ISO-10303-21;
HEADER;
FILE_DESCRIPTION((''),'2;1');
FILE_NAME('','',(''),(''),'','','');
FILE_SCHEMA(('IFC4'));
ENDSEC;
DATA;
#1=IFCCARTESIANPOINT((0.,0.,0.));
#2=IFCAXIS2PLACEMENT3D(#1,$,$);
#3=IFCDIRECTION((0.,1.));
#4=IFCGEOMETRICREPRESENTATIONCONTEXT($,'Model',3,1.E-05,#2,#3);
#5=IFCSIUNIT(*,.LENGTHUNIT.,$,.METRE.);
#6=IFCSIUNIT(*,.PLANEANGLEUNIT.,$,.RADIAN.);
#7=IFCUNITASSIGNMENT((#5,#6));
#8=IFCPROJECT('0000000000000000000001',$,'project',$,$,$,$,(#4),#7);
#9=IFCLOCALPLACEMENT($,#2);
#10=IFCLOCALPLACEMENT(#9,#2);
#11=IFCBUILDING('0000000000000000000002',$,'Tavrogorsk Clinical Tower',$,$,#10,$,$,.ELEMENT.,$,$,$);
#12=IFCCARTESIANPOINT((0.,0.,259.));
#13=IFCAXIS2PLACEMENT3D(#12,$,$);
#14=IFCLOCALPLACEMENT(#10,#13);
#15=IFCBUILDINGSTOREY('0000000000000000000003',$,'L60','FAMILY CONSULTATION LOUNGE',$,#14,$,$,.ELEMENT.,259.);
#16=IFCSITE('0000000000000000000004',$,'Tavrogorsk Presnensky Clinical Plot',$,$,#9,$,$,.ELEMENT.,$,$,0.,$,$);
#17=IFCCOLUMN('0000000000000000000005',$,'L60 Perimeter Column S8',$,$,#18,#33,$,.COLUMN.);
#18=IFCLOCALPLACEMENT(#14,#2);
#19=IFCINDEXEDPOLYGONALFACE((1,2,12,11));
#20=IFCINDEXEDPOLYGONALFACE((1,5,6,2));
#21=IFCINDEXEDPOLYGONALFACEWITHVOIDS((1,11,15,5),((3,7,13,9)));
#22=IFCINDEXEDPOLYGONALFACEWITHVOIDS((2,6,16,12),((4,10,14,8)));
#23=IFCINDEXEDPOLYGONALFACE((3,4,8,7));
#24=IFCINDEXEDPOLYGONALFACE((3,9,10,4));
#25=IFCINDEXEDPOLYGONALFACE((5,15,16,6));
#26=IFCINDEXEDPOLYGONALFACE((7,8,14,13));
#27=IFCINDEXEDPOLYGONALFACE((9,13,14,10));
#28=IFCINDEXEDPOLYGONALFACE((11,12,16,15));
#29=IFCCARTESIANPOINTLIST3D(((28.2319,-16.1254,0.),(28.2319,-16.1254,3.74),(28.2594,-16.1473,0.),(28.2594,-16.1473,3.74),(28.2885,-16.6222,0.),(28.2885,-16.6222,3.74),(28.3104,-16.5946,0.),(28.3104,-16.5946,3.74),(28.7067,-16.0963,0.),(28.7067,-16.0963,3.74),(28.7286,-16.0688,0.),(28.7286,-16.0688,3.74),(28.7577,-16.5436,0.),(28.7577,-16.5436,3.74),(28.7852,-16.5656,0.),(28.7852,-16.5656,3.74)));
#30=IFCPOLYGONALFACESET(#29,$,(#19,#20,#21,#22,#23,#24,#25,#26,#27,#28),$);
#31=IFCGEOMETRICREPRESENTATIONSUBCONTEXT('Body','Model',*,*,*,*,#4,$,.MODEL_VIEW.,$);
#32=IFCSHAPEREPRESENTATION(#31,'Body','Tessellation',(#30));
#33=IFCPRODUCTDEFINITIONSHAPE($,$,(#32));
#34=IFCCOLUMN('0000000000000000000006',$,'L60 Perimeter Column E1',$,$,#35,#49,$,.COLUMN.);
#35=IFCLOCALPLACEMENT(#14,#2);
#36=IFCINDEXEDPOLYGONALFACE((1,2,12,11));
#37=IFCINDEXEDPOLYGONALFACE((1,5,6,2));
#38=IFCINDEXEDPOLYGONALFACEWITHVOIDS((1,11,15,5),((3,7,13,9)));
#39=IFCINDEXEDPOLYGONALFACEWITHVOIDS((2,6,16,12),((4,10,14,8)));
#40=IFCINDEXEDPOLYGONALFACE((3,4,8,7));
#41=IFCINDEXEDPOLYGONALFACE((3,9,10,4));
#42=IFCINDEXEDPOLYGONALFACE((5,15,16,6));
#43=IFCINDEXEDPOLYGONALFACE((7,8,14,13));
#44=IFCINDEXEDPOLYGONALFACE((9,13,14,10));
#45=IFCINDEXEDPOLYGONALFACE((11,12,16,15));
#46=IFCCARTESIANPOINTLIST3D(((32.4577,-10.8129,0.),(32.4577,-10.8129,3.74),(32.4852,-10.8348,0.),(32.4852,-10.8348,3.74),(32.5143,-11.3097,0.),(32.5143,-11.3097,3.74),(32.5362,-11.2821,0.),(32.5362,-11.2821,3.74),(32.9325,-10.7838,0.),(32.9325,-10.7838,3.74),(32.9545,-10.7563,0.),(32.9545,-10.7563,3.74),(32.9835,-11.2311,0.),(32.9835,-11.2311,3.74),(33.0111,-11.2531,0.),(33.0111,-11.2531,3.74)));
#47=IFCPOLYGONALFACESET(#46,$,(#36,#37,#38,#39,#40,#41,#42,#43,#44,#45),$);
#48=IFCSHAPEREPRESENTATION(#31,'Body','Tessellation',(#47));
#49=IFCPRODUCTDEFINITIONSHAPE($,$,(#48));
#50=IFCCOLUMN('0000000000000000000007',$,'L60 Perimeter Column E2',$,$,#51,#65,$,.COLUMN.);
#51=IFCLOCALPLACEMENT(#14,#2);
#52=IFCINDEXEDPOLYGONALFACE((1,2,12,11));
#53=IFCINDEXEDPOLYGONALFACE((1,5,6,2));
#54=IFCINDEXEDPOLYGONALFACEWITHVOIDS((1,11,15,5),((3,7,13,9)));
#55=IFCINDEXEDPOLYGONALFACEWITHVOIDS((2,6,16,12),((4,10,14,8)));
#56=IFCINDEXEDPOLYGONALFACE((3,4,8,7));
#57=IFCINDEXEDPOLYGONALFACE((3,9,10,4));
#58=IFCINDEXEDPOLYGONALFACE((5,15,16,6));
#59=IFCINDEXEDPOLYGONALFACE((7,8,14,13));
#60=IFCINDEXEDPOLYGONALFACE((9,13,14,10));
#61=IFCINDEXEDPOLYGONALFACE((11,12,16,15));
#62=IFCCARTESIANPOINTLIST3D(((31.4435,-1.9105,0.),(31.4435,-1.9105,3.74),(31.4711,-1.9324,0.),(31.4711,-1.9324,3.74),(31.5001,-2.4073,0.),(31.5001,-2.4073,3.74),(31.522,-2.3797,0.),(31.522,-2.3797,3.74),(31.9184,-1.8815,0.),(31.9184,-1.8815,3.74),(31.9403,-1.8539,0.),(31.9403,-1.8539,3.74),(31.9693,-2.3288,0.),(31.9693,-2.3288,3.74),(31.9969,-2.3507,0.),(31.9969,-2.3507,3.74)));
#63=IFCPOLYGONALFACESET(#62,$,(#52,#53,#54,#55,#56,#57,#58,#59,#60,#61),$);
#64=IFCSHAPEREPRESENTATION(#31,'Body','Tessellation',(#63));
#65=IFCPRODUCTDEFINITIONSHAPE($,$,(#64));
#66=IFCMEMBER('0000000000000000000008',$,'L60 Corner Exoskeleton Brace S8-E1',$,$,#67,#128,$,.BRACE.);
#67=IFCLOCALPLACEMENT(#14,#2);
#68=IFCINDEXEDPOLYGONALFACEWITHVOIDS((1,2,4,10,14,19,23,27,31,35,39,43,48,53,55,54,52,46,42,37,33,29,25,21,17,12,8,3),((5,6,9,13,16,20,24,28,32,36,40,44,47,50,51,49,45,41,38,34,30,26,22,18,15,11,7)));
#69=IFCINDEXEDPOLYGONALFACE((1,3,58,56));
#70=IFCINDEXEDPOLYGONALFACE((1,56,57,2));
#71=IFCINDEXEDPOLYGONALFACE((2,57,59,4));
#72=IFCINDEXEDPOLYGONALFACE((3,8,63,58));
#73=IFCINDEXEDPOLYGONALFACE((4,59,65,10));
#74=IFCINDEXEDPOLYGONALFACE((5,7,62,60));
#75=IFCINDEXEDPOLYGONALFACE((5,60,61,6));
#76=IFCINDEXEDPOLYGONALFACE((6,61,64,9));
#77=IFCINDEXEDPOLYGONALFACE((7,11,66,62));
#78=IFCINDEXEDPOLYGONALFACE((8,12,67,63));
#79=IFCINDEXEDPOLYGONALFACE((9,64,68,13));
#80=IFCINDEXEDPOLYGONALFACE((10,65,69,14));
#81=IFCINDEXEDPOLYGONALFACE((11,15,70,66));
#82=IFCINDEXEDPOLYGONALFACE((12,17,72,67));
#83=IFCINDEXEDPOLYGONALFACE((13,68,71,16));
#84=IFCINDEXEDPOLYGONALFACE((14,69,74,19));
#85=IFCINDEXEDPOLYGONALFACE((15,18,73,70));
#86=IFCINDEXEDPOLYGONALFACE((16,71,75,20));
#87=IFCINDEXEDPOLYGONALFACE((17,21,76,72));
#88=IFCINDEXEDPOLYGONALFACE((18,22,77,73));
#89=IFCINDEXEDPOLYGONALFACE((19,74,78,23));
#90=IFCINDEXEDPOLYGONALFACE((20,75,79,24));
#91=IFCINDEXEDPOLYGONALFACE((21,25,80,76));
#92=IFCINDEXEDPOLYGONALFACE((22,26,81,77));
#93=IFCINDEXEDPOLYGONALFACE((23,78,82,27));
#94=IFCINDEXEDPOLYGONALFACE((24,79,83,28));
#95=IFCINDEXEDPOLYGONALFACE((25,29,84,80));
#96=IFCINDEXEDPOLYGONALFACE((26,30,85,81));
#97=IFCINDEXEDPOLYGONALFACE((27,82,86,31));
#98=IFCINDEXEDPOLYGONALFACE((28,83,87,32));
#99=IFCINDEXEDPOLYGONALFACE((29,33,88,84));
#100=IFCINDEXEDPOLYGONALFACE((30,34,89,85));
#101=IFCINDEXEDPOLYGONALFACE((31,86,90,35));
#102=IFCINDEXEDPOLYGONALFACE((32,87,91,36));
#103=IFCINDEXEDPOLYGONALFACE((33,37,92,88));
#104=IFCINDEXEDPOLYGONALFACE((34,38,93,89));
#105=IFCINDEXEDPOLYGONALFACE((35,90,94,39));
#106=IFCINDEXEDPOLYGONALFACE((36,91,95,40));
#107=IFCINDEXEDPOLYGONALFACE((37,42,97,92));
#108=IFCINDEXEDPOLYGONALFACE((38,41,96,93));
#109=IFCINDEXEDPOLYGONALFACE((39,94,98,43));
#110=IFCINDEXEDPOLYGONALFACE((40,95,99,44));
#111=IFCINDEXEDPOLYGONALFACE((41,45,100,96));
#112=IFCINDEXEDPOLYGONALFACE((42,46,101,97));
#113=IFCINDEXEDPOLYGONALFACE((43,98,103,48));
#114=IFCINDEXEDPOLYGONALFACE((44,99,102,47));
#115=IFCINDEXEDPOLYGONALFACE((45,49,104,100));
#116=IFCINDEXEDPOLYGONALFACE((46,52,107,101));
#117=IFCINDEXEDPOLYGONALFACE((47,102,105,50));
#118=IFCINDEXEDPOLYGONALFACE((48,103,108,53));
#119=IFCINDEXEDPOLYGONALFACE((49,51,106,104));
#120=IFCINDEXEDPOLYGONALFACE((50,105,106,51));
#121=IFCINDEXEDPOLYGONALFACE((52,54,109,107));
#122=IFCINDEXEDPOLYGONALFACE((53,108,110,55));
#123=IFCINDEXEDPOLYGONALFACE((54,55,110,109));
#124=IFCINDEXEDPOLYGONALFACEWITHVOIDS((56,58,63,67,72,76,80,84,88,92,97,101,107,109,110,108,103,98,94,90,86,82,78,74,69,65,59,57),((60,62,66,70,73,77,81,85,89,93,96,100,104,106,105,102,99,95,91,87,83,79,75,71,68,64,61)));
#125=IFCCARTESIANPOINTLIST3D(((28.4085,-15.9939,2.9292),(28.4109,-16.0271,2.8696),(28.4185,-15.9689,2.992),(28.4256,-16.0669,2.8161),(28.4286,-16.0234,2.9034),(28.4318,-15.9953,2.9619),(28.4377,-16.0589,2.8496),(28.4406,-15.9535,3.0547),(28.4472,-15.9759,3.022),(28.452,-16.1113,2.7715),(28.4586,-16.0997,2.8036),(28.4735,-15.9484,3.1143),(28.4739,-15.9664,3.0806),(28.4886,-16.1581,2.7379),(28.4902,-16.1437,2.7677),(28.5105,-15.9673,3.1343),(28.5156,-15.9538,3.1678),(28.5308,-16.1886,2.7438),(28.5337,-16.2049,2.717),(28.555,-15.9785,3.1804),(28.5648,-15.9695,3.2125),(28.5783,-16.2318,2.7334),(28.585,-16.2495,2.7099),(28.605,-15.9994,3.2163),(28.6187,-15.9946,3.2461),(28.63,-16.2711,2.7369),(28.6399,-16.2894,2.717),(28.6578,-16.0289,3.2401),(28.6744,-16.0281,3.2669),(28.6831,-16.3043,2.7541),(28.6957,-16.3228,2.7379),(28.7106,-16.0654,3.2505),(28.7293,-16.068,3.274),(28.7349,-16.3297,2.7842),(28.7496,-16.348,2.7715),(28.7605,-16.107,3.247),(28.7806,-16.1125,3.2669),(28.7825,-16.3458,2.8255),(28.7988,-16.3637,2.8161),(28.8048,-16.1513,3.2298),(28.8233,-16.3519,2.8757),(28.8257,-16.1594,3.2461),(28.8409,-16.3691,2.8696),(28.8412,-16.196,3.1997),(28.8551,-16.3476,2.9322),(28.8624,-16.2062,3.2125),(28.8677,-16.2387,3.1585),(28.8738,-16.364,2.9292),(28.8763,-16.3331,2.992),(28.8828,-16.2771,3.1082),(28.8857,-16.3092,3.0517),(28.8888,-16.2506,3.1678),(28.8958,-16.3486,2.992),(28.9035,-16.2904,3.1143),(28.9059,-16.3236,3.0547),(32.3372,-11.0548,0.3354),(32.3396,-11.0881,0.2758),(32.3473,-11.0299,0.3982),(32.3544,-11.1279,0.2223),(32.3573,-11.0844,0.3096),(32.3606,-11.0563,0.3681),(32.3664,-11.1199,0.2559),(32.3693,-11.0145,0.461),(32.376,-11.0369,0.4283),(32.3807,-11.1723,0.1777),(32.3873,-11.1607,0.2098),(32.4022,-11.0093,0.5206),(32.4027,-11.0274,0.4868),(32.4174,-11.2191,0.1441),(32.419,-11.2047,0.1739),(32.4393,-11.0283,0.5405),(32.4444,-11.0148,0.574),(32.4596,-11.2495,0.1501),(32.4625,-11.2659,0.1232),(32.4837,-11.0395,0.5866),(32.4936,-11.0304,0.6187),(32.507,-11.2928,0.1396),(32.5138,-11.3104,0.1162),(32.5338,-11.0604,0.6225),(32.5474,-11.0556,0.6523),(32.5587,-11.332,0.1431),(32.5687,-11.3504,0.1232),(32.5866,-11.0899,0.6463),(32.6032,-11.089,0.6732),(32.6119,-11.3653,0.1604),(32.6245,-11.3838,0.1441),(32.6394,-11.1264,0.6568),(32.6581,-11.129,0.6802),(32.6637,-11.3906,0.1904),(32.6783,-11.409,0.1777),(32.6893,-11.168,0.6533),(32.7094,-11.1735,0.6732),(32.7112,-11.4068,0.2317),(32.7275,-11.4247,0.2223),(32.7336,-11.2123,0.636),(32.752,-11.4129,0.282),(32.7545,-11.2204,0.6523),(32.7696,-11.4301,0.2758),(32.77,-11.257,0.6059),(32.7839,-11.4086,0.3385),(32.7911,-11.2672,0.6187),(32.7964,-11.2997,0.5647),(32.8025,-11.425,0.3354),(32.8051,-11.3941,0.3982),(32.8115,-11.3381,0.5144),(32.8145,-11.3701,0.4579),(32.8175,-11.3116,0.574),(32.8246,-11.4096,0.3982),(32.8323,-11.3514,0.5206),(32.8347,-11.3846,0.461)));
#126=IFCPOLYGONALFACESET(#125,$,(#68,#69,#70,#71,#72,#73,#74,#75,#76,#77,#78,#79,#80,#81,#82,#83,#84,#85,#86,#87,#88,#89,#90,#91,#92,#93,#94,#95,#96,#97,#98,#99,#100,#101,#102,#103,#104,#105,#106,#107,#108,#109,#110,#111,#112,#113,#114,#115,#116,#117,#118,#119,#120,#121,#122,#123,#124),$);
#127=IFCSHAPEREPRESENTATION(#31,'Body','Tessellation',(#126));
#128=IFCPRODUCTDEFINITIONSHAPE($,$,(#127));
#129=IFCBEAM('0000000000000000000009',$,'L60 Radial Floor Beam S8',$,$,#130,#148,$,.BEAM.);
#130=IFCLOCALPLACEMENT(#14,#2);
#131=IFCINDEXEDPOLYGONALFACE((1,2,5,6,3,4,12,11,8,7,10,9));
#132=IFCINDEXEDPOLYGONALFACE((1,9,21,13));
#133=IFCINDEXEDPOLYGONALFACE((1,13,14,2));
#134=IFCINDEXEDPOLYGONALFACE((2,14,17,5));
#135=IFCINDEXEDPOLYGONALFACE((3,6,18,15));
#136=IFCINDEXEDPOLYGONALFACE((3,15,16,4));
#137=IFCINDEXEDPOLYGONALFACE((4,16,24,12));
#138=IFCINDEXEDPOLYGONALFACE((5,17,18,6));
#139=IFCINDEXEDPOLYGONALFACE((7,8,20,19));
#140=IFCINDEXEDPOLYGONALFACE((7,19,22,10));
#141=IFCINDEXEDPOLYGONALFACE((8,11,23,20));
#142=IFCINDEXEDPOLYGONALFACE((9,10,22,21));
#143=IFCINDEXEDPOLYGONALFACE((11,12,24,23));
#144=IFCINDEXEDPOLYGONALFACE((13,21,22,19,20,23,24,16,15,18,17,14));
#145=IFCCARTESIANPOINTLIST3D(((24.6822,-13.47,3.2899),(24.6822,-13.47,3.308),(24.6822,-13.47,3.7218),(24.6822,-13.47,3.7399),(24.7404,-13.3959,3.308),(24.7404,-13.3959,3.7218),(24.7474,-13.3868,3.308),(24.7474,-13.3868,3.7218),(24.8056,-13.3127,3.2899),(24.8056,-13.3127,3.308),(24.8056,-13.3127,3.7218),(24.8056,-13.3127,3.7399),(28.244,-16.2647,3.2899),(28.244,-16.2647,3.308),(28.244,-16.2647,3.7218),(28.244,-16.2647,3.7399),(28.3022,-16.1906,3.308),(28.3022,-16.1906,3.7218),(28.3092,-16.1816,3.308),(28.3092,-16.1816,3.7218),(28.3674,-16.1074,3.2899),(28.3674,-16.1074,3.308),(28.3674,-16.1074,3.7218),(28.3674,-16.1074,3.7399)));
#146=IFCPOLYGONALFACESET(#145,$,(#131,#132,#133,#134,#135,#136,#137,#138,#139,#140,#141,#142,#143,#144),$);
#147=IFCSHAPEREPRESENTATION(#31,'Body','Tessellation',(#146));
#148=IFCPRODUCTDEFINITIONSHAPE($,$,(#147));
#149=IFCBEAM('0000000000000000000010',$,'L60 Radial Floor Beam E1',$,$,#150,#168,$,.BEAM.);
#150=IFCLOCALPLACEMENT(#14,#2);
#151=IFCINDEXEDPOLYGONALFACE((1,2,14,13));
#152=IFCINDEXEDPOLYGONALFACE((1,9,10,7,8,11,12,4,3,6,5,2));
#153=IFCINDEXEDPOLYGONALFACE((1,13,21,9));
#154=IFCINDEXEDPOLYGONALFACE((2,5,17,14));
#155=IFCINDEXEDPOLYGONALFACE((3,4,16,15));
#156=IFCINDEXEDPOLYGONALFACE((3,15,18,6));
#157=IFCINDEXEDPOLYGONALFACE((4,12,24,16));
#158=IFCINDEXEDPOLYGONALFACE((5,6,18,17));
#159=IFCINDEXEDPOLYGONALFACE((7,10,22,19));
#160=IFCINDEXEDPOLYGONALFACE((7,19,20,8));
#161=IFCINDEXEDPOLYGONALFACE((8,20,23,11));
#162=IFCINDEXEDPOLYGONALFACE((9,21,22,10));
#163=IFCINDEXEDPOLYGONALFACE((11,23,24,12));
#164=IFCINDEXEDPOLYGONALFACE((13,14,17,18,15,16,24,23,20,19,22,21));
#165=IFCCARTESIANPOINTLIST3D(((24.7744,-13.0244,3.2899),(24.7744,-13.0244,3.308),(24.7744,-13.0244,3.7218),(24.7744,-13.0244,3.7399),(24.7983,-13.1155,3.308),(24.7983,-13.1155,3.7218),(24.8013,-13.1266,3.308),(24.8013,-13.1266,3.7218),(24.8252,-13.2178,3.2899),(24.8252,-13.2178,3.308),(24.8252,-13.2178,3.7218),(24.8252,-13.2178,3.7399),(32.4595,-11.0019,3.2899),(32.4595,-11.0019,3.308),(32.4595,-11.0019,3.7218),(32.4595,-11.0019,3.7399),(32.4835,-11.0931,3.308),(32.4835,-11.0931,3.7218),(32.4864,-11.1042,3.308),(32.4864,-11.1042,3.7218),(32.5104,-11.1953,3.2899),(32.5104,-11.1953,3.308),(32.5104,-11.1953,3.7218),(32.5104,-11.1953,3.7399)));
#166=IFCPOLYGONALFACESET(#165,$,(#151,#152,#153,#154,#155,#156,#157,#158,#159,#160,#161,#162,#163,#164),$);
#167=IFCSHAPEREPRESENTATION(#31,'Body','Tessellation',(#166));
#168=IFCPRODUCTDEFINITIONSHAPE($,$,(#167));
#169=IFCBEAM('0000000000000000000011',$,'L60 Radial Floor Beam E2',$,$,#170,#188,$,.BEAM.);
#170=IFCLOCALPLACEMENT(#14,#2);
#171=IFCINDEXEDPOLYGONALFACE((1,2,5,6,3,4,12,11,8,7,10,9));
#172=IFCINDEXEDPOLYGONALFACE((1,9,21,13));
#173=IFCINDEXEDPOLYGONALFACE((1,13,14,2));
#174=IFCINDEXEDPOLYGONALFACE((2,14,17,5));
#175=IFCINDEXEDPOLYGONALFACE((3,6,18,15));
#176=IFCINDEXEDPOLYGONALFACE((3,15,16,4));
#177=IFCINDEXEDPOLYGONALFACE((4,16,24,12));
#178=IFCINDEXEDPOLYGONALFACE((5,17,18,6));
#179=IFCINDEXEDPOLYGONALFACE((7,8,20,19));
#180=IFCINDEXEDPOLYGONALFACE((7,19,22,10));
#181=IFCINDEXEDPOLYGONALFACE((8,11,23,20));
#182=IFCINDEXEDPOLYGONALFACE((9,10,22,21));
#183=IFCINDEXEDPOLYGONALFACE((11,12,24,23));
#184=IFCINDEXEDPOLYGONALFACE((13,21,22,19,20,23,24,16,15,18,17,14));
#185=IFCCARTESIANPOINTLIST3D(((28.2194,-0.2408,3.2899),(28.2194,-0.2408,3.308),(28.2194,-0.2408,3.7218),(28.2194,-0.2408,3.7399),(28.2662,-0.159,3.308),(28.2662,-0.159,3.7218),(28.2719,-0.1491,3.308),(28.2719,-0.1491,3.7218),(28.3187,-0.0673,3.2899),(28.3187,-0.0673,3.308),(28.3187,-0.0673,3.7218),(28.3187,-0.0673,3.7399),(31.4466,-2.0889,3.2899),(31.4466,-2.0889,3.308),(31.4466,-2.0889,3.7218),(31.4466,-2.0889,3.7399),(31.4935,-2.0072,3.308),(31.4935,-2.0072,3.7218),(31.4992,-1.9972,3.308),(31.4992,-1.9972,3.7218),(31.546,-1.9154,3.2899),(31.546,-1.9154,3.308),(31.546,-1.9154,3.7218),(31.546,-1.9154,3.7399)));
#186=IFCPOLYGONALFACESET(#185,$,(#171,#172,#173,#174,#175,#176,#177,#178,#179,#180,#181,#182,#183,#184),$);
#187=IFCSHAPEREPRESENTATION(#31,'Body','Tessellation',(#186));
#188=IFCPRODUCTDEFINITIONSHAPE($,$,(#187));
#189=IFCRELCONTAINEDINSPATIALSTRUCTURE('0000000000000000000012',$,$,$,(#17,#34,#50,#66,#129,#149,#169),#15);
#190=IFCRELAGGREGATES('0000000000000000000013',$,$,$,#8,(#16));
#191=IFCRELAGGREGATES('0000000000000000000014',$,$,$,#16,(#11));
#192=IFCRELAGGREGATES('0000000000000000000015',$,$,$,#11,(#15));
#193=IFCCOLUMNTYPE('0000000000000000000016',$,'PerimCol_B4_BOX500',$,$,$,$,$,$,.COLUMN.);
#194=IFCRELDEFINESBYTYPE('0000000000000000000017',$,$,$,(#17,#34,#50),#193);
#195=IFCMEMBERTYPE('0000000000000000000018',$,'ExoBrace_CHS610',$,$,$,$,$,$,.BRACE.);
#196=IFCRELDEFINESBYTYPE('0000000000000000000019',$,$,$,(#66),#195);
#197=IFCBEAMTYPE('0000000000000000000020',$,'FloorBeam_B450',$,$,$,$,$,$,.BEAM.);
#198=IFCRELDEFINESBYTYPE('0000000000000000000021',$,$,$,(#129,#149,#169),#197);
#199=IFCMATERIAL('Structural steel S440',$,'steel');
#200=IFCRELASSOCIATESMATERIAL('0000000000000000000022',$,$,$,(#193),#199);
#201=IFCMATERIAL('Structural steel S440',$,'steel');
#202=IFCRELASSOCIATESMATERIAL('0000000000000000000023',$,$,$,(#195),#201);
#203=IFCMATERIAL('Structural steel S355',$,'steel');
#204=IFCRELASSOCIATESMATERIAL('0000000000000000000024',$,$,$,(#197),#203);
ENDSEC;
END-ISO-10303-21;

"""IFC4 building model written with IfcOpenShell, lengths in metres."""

from ifc_helpers import new_model, si_unit, direction, frame, origin, origin_2d, place, context, subcontext, project, spatial, hollow_rectangle, hollow_circle, i_section, extrude, material, material_profile, profile_set, type_object, element, save


model = new_model("IFC4")

# Units and contexts
model_context = context("Model", 3, precision=1e-05, world=origin(), true_north=direction((0.0, 1.0)))
body_context = subcontext(model_context, "Body", "Model", "MODEL_VIEW")
ifc_project = project(units=[si_unit("LENGTHUNIT", "METRE"), si_unit("PLANEANGLEUNIT", "RADIAN")], contexts=[model_context])

# Site, building, storey
site_placement = place(None, origin())
site = spatial("IfcSite", under=ifc_project, at=site_placement, Name="Tavrogorsk Presnensky Clinical Plot", CompositionType="ELEMENT", RefElevation=0.0)
building_placement = place(site_placement, origin())
building = spatial("IfcBuilding", under=site, at=building_placement, Name="Tavrogorsk Clinical Tower", CompositionType="ELEMENT")
storey_placement = place(building_placement, frame((0.0, 0.0, 259.0)))
storey = spatial("IfcBuildingStorey", under=building, at=storey_placement, Name="L60", Description="FAMILY CONSULTATION LOUNGE", CompositionType="ELEMENT", Elevation=259.0)

# Columns
ifc_material_1 = material(Name="Structural steel S440", Category="steel")
ifc_material_profile_1 = material_profile(ifc_material_1, hollow_rectangle(XDim=0.5, YDim=0.5, WallThickness=0.0249, at=origin_2d()), Name="BOX-500x500x25")
ifc_profile_set_1 = profile_set([ifc_material_profile_1], Name="Structural steel S440")
column_type = type_object("IfcColumnType", Name="PerimCol_B4_BOX500", PredefinedType="COLUMN", material=ifc_profile_set_1)
for number, where, z_axis, x_axis, name in (
    (1, (28.5085, -16.3455, 0.0), (0.0, 0.0, 1.0), (0.993572, 0.113203, 0.0), "L60 Perimeter Column S8"),
    (2, (32.7344, -11.033, 0.0), (0.0, 0.0, 1.0), (0.993572, 0.113203, 0.0), "L60 Perimeter Column E1"),
    (3, (31.7202, -2.1306, 0.0), (0.0, 0.0, 1.0), (0.993572, 0.113203, 0.0), "L60 Perimeter Column E2"),
):
    element("IfcColumn", number, at=place(storey_placement, frame(where, z_axis=z_axis, x_axis=x_axis)), inside=storey, type_object=column_type, Name=name, PredefinedType="COLUMN", context=body_context, shape_type="SweptSolid", body=[
        extrude(hollow_rectangle(XDim=0.5, YDim=0.5, WallThickness=0.0249, at=origin_2d()), origin(), (0.0, 0.0, 1.0), 3.74),
    ])

# Member
ifc_material_2 = material(Name="Structural steel S440", Category="steel")
ifc_material_profile_2 = material_profile(ifc_material_2, hollow_circle(Radius=0.3049, WallThickness=0.0249, at=origin_2d()), Name="CHS-610x25")
ifc_profile_set_2 = profile_set([ifc_material_profile_2], Name="Structural steel S440")
member_type_1 = type_object("IfcMemberType", Name="ExoBrace_CHS610", PredefinedType="BRACE", material=ifc_profile_set_2)
member_1_placement = place(storey_placement, frame((32.5859, -11.2197, 0.3982), z_axis=(-0.575789, -0.723852, 0.380138), x_axis=(0.782602, -0.622522, 0.0)))
element("IfcMember", 4, at=member_1_placement, inside=storey, type_object=member_type_1, Name="L60 Corner Exoskeleton Brace S8-E1", PredefinedType="BRACE", context=body_context, shape_type="SweptSolid", body=[
    extrude(hollow_circle(Radius=0.3049, WallThickness=0.0249, at=origin_2d()), origin(), (0.0, 0.0, 1.0), 6.8232),
])

# Beams
ifc_material_3 = material(Name="Structural steel S355", Category="steel")
ifc_material_profile_3 = material_profile(ifc_material_3, i_section(OverallWidth=0.2, OverallDepth=0.45, WebThickness=0.0115, FlangeThickness=0.0181, at=origin_2d()), Name="B-450x200x11.5x18")
ifc_profile_set_3 = profile_set([ifc_material_profile_3], Name="Structural steel S355")
beam_type_1 = type_object("IfcBeamType", Name="FloorBeam_B450", PredefinedType="BEAM", material=ifc_profile_set_3)
beam_1_placement = place(storey_placement, frame((24.7439, -13.3914, 3.5149), z_axis=(0.786732, -0.617295, 0.0), x_axis=(0.617295, 0.786732, 0.0)))
element("IfcBeam", 5, at=beam_1_placement, inside=storey, type_object=beam_type_1, Name="L60 Radial Floor Beam S8", PredefinedType="BEAM", context=body_context, shape_type="SweptSolid", body=[
    extrude(i_section(OverallWidth=0.2, OverallDepth=0.45, WebThickness=0.0115, FlangeThickness=0.0181, at=origin_2d()), origin(), (0.0, 0.0, 1.0), 4.5273),
])
beam_2_placement = place(storey_placement, frame((24.7998, -13.1211, 3.5149), z_axis=(0.967072, 0.254502, 0.0), x_axis=(-0.254502, 0.967072, 0.0)))
element("IfcBeam", 6, at=beam_2_placement, inside=storey, type_object=beam_type_1, Name="L60 Radial Floor Beam E1", PredefinedType="BEAM", context=body_context, shape_type="SweptSolid", body=[
    extrude(i_section(OverallWidth=0.2, OverallDepth=0.45, WebThickness=0.0115, FlangeThickness=0.0181, at=origin_2d()), origin(), (0.0, 0.0, 1.0), 7.9468),
])
beam_3_placement = place(storey_placement, frame((28.269, -0.1541, 3.5149), z_axis=(0.867782, -0.496945, 0.0), x_axis=(0.496945, 0.867782, 0.0)))
element("IfcBeam", 7, at=beam_3_placement, inside=storey, type_object=beam_type_1, Name="L60 Radial Floor Beam E2", PredefinedType="BEAM", context=body_context, shape_type="SweptSolid", body=[
    extrude(i_section(OverallWidth=0.2, OverallDepth=0.45, WebThickness=0.0115, FlangeThickness=0.0181, at=origin_2d()), origin(), (0.0, 0.0, 1.0), 3.719),
])

save(model, "model.ifc")
